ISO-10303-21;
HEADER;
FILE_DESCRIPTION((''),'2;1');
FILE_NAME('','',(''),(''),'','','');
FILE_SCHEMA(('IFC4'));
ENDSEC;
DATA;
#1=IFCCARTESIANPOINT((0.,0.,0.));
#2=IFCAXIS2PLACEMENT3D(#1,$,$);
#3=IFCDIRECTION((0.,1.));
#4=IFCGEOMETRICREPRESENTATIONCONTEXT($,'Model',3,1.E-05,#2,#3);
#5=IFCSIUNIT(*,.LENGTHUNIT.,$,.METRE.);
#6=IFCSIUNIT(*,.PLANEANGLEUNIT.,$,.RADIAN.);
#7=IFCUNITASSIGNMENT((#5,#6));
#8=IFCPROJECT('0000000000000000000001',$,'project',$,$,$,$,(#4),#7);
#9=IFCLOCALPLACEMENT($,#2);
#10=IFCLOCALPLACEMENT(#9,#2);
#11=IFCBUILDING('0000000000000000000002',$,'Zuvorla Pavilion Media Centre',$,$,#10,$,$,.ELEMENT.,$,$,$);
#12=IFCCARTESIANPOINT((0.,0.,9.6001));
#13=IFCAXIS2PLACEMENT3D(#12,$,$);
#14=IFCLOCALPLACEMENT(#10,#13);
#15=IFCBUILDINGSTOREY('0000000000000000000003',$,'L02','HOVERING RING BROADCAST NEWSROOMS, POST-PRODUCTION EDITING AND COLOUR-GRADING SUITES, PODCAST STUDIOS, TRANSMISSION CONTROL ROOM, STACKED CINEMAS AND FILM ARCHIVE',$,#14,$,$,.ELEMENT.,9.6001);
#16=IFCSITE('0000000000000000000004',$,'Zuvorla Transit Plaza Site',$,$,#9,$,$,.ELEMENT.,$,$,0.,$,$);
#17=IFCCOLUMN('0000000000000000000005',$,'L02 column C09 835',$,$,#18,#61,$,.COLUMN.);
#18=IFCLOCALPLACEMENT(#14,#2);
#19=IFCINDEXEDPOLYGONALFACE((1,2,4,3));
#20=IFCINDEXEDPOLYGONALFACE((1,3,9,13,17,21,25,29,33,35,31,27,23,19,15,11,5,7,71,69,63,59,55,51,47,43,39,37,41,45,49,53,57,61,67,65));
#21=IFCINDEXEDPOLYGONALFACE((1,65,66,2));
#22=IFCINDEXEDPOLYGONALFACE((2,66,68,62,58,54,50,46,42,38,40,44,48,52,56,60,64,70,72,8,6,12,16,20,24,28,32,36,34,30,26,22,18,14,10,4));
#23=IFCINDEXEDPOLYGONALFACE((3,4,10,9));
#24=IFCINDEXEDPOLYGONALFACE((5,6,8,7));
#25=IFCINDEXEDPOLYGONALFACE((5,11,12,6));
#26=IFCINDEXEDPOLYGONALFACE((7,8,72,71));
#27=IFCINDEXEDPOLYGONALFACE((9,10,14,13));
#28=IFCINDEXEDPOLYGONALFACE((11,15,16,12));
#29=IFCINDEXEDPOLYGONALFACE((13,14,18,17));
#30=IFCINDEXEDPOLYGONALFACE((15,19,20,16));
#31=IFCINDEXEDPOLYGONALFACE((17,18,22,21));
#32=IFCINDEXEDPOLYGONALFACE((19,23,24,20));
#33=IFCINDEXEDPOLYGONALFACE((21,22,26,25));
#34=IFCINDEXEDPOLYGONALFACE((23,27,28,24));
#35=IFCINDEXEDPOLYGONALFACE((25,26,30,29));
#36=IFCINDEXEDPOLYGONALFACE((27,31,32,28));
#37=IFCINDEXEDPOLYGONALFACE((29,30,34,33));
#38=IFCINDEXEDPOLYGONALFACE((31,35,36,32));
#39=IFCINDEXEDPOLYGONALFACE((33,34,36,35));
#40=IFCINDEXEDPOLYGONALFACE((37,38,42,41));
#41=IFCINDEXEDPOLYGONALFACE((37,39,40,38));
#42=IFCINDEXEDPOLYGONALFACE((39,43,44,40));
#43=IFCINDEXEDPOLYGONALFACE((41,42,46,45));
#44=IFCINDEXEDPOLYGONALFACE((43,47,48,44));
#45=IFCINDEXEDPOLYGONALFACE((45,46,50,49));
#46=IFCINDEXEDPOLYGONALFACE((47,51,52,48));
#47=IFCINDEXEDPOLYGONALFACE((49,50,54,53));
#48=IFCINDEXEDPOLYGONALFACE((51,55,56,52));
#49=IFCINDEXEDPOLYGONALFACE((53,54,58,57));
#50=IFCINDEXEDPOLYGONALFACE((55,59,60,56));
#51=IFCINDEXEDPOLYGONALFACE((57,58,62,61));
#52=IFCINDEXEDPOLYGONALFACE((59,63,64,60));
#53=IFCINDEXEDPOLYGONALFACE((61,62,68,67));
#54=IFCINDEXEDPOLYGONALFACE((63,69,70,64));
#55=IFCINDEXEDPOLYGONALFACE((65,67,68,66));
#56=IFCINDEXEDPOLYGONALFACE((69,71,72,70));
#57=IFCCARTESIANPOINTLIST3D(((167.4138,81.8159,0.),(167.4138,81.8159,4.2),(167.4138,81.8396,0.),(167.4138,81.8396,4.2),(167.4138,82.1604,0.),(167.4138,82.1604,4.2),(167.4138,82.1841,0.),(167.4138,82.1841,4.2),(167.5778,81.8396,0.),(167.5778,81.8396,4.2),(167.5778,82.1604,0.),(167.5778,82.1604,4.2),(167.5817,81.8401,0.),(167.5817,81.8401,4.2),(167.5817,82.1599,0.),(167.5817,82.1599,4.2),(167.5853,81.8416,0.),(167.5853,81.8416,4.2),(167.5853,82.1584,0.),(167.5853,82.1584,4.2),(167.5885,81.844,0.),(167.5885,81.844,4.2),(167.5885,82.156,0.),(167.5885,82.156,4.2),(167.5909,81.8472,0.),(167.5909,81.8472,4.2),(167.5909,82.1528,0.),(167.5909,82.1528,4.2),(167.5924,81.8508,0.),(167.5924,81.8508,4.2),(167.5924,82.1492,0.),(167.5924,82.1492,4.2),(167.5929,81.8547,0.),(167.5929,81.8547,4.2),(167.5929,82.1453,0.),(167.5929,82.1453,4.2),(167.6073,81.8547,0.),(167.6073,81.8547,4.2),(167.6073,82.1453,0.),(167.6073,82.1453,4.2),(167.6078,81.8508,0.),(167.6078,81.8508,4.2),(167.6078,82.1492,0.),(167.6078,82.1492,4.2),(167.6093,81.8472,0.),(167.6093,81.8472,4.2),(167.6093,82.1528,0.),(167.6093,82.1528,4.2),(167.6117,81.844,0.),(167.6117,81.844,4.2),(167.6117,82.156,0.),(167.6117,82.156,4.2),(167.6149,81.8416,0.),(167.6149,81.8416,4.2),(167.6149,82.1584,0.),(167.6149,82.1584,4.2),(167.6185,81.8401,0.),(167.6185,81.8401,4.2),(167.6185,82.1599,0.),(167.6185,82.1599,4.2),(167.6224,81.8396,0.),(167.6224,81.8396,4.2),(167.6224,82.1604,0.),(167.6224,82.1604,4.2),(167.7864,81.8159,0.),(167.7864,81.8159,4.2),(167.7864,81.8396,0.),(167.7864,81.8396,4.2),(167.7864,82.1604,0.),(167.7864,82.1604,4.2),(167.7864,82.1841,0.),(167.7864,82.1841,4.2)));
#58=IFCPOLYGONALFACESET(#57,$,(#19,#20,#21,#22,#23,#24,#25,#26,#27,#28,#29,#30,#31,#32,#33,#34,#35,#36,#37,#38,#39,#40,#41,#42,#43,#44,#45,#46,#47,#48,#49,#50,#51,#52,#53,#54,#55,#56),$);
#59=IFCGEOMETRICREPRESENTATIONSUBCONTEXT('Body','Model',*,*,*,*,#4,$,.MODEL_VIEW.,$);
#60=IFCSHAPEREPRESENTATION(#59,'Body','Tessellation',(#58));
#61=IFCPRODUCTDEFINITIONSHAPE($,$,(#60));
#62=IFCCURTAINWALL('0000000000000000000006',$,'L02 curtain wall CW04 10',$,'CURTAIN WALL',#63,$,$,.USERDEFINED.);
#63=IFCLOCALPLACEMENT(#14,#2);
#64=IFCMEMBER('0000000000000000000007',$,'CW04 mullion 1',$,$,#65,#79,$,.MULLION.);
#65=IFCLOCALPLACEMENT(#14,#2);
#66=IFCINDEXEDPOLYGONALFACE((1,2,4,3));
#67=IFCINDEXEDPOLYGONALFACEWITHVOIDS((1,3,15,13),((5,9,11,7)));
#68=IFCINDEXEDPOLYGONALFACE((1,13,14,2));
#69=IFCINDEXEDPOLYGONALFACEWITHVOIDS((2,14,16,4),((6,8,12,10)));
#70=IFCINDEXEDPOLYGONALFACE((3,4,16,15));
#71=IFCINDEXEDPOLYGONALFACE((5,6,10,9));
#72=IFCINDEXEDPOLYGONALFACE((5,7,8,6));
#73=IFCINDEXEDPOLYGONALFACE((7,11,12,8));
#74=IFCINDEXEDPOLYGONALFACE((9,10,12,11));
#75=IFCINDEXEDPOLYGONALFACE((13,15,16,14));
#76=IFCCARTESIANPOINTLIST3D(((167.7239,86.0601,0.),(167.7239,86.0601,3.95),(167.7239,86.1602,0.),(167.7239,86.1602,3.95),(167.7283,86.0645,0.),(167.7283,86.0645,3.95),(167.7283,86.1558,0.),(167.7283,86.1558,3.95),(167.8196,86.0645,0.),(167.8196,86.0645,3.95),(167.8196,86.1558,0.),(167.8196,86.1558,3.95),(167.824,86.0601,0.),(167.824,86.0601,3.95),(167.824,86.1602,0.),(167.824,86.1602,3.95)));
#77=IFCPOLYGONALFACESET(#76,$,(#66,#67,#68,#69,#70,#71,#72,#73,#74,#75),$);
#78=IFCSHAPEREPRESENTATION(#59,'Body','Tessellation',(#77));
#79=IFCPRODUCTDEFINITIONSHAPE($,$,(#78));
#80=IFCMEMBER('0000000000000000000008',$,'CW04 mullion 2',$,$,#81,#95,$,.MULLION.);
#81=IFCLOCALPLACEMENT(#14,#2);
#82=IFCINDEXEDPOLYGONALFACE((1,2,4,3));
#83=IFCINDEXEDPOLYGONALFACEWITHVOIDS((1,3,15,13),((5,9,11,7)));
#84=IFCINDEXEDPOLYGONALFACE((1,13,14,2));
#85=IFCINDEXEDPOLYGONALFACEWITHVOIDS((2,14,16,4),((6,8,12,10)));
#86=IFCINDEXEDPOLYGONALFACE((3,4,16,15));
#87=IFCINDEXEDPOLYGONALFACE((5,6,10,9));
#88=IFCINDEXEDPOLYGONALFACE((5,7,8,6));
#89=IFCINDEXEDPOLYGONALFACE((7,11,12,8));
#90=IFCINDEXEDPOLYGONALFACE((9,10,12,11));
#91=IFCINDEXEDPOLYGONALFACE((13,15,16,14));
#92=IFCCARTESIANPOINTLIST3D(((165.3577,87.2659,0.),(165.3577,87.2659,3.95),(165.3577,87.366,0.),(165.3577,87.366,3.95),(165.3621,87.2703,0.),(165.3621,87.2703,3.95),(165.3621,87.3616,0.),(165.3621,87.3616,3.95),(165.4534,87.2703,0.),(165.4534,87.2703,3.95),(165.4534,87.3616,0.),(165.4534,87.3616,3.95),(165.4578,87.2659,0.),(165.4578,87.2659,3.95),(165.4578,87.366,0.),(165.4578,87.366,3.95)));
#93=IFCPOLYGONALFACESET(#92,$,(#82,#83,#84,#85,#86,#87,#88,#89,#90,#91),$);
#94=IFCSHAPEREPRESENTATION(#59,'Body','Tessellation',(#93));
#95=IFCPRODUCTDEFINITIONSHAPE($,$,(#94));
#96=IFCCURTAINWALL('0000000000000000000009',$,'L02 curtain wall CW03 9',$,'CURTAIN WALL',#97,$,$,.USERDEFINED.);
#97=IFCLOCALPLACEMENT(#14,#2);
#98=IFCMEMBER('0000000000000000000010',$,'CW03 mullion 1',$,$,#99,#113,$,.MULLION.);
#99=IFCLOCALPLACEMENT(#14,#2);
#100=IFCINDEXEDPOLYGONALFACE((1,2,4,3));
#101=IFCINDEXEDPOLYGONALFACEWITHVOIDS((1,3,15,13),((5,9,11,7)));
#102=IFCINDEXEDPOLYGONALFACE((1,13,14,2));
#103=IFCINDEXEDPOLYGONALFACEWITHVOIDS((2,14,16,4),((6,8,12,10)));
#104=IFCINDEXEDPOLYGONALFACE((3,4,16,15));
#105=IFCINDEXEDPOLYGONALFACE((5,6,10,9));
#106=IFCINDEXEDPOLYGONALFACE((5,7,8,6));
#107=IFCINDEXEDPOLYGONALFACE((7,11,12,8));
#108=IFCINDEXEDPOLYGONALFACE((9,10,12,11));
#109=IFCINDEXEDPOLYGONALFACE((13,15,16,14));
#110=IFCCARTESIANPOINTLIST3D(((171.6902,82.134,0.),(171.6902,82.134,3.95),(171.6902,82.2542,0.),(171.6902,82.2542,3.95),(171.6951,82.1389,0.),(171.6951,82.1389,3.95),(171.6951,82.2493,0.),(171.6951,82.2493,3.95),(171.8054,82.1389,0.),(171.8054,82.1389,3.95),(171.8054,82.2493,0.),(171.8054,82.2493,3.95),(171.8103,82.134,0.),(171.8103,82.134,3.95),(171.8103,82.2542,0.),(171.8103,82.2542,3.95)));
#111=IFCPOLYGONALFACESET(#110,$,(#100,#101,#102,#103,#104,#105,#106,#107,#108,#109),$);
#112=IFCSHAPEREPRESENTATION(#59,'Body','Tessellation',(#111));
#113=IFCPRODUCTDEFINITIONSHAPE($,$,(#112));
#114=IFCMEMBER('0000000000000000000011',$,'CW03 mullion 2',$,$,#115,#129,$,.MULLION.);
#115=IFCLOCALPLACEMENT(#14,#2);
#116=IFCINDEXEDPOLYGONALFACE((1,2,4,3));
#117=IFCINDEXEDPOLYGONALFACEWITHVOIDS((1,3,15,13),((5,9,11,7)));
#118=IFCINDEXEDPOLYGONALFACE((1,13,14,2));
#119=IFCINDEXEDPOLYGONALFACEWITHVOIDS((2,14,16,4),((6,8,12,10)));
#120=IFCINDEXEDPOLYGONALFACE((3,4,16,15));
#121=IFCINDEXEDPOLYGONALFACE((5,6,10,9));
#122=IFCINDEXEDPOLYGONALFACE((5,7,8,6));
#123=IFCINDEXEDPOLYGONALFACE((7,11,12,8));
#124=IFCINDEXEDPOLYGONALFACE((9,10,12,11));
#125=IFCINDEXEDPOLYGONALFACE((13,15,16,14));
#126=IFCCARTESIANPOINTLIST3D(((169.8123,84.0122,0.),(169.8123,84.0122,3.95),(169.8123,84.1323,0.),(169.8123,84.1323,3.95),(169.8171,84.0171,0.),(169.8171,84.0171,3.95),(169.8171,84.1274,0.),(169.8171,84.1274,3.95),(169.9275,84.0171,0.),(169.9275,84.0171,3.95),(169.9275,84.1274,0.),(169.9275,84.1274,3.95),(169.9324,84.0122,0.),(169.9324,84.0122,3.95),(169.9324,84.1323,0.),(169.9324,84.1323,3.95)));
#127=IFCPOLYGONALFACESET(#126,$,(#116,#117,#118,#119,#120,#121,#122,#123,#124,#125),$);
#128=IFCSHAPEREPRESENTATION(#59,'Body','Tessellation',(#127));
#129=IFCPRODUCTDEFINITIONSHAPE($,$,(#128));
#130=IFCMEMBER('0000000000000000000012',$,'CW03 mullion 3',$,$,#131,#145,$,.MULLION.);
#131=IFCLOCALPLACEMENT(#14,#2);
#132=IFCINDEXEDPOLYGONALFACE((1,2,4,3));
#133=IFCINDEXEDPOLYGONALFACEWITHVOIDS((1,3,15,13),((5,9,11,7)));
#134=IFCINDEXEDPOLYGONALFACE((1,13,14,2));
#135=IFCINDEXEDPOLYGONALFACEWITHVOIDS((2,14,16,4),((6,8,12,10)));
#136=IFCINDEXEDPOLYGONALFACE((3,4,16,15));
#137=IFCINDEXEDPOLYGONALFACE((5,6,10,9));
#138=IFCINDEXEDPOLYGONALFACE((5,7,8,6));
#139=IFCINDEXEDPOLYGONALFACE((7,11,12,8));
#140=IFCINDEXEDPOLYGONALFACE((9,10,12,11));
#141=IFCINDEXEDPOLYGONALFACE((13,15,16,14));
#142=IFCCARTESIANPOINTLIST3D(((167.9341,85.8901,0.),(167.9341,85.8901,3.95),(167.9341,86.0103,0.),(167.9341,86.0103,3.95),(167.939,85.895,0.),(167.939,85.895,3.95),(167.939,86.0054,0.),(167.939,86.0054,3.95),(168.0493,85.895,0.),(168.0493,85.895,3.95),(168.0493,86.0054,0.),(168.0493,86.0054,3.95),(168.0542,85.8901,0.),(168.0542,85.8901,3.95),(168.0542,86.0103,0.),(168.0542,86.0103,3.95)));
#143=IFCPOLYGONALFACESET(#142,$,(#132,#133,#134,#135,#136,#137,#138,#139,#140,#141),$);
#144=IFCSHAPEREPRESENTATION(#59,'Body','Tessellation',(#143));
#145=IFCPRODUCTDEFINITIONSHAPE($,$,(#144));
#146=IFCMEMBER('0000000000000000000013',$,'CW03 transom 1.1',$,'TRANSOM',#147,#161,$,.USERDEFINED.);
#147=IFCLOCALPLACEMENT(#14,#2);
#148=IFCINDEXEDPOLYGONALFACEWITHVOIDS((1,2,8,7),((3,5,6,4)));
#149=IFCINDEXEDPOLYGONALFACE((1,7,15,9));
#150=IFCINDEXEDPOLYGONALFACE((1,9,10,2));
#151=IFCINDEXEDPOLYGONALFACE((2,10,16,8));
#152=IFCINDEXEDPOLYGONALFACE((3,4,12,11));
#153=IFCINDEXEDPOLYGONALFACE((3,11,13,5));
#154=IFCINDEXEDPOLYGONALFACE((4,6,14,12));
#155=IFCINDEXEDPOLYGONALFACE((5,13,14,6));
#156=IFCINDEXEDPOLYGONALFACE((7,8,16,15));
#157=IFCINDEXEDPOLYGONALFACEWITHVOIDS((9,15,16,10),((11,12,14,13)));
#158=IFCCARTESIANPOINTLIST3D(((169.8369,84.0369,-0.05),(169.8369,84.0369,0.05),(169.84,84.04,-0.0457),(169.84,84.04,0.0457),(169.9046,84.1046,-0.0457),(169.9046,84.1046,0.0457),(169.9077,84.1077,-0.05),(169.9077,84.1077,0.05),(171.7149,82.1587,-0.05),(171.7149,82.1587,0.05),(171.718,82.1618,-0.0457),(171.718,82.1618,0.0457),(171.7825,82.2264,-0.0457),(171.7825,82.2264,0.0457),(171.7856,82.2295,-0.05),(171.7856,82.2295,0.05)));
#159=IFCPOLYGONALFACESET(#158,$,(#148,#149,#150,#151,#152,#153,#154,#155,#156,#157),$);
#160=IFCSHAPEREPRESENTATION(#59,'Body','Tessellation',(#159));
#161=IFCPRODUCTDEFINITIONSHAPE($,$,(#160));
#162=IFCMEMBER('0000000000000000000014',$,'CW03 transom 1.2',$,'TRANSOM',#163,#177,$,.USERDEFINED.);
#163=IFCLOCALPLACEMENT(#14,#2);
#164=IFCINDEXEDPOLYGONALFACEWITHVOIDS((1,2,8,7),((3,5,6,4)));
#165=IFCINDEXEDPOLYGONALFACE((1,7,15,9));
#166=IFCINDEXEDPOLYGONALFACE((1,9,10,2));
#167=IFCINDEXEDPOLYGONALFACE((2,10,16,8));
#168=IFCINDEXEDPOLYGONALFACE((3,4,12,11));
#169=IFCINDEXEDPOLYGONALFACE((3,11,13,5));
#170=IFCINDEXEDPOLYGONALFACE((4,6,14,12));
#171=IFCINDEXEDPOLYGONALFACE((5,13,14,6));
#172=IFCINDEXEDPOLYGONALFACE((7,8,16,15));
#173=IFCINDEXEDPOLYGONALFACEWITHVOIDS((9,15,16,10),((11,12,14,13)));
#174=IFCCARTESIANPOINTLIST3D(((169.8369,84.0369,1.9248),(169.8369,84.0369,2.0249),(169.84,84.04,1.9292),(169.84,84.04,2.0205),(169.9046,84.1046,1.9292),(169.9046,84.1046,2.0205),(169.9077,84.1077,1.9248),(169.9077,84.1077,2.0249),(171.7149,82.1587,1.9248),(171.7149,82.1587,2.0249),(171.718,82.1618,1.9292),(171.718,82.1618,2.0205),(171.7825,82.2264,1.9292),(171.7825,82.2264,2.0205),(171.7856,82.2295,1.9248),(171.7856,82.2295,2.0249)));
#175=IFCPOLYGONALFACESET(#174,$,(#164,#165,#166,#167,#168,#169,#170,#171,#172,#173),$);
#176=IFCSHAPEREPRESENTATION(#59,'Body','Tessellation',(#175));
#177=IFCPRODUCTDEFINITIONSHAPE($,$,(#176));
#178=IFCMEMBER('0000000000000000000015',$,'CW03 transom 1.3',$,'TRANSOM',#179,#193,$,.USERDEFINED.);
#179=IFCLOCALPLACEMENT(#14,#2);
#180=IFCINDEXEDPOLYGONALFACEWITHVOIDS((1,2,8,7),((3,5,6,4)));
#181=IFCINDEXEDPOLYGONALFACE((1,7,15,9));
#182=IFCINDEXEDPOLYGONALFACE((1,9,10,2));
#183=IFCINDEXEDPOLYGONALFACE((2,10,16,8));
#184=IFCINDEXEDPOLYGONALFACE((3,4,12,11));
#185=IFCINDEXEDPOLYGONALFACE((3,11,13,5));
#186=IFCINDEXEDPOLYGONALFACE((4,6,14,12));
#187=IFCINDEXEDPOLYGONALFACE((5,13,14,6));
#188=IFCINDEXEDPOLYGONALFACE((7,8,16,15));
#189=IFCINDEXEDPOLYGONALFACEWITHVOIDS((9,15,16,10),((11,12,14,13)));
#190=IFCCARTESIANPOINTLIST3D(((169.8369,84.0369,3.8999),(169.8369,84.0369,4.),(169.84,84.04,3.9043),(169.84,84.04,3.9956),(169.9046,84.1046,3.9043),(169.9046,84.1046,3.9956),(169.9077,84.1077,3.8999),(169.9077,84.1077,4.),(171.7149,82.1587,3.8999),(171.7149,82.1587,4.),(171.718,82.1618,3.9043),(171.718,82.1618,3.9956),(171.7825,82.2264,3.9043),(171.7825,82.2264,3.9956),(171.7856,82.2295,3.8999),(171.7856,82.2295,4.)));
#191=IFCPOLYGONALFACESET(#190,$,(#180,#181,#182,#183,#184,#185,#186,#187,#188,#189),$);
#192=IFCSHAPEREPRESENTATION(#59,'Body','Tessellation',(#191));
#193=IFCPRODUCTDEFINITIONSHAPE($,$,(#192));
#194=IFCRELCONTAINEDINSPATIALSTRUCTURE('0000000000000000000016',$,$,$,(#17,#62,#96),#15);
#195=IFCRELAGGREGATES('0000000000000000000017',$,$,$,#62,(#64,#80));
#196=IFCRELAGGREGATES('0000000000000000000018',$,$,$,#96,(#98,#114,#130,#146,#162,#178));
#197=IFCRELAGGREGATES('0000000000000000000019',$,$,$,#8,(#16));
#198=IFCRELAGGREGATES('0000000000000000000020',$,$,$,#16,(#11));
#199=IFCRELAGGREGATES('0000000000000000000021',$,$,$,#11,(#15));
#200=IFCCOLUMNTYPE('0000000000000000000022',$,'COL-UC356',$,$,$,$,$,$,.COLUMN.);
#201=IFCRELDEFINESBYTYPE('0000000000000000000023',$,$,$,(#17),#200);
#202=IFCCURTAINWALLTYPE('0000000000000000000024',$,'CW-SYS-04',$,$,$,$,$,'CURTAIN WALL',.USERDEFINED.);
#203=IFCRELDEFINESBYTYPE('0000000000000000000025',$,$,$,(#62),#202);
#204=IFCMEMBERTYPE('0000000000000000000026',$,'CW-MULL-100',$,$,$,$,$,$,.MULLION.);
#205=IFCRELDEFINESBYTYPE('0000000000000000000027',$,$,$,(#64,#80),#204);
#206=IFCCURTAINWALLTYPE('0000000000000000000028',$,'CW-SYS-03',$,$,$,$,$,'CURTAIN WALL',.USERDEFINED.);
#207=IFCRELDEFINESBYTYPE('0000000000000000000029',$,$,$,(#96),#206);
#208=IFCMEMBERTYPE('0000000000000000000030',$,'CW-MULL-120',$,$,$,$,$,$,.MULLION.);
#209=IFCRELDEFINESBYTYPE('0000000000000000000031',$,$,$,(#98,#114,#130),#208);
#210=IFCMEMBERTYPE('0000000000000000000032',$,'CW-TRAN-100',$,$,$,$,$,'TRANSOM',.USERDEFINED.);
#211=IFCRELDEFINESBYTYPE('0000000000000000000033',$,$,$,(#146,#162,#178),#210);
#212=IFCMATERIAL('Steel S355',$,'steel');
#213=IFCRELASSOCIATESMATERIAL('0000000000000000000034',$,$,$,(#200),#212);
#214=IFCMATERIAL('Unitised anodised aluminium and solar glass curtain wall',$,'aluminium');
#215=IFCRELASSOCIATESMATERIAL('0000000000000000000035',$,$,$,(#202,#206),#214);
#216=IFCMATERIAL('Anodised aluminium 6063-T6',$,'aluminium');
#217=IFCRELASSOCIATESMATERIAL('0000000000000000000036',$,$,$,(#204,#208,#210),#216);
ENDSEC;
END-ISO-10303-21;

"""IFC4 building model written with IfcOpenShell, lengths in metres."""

from ifc_helpers import new_model, si_unit, direction, frame, origin, origin_2d, place, context, subcontext, project, spatial, hollow_rectangle, i_section, extrude, material, material_profile, profile_set, type_object, element, aggregate, save


model = new_model("IFC4")

# Units and contexts
model_context = context("Model", 3, precision=1e-05, world=origin(), true_north=direction((0.0, 1.0)))
body_context = subcontext(model_context, "Body", "Model", "MODEL_VIEW")
ifc_project = project(units=[si_unit("LENGTHUNIT", "METRE"), si_unit("PLANEANGLEUNIT", "RADIAN")], contexts=[model_context])

# Site, building, storey
site_placement = place(None, origin())
site = spatial("IfcSite", under=ifc_project, at=site_placement, Name="Zuvorla Transit Plaza Site", CompositionType="ELEMENT", RefElevation=0.0)
building_placement = place(site_placement, origin())
building = spatial("IfcBuilding", under=site, at=building_placement, Name="Zuvorla Pavilion Media Centre", CompositionType="ELEMENT")
storey_placement = place(building_placement, frame((0.0, 0.0, 9.6001)))
storey = spatial("IfcBuildingStorey", under=building, at=storey_placement, Name="L02", Description="HOVERING RING BROADCAST NEWSROOMS, POST-PRODUCTION EDITING AND COLOUR-GRADING SUITES, PODCAST STUDIOS, TRANSMISSION CONTROL ROOM, STACKED CINEMAS AND FILM ARCHIVE", CompositionType="ELEMENT", Elevation=9.6001)

# Column
ifc_material_1 = material(Name="Steel S355", Category="steel")
ifc_material_profile_1 = material_profile(ifc_material_1, i_section(OverallWidth=0.3726, OverallDepth=0.3682, WebThickness=0.0144, FlangeThickness=0.0237, FilletRadius=0.0151, at=origin_2d()), Name="UC 356x368x177")
ifc_profile_set_1 = profile_set([ifc_material_profile_1], Name="Steel S355")
column_type = type_object("IfcColumnType", Name="COL-UC356", PredefinedType="COLUMN", material=ifc_profile_set_1)
column_placement = place(storey_placement, frame((167.6001, 82.0, 0.0), z_axis=(0.0, 0.0, 1.0), x_axis=(1.0, 0.0, 0.0)))
element("IfcColumn", 1, at=column_placement, inside=storey, type_object=column_type, Name="L02 column C09 835", PredefinedType="COLUMN", context=body_context, shape_type="SweptSolid", body=[
    extrude(i_section(OverallWidth=0.3726, OverallDepth=0.3682, WebThickness=0.0144, FlangeThickness=0.0237, FilletRadius=0.0151, at=origin_2d()), origin(), (0.0, 0.0, 1.0), 4.2),
])

# Curtain walls, members
ifc_material_2 = material(Name="Unitised anodised aluminium and solar glass curtain wall", Category="aluminium")
curtain_wall_type_1 = type_object("IfcCurtainWallType", Name="CW-SYS-04", ElementType="CURTAIN WALL", PredefinedType="USERDEFINED", material=ifc_material_2)
curtain_wall_1_placement = place(storey_placement, origin())
curtain_wall_1 = element("IfcCurtainWall", 2, at=curtain_wall_1_placement, inside=storey, type_object=curtain_wall_type_1, Name="L02 curtain wall CW04 10", ObjectType="CURTAIN WALL", PredefinedType="USERDEFINED")
ifc_material_3 = material(Name="Anodised aluminium 6063-T6", Category="aluminium")
ifc_material_profile_2 = material_profile(ifc_material_3, hollow_rectangle(XDim=0.1001, YDim=0.1001, WallThickness=0.0044, at=origin_2d()), Name="ALU MULL 100x100")
ifc_profile_set_2 = profile_set([ifc_material_profile_2], Name="Anodised aluminium 6063-T6")
member_type_1 = type_object("IfcMemberType", Name="CW-MULL-100", PredefinedType="MULLION", material=ifc_profile_set_2)
member_1_placement = place(storey_placement, frame((167.7739, 86.1101, 0.0), z_axis=(0.0, 0.0, 1.0), x_axis=(1.0, 0.0, 0.0)))
member_1 = element("IfcMember", 3, at=member_1_placement, type_object=member_type_1, Name="CW04 mullion 1", PredefinedType="MULLION", context=body_context, shape_type="SweptSolid", body=[
    extrude(hollow_rectangle(XDim=0.1001, YDim=0.1001, WallThickness=0.0044, at=origin_2d()), origin(), (0.0, 0.0, 1.0), 3.95),
])
member_2_placement = place(storey_placement, frame((165.4077, 87.3159, 0.0), z_axis=(0.0, 0.0, 1.0), x_axis=(1.0, 0.0, 0.0)))
member_2 = element("IfcMember", 4, at=member_2_placement, type_object=member_type_1, Name="CW04 mullion 2", PredefinedType="MULLION", context=body_context, shape_type="SweptSolid", body=[
    extrude(hollow_rectangle(XDim=0.1001, YDim=0.1001, WallThickness=0.0044, at=origin_2d()), origin(), (0.0, 0.0, 1.0), 3.95),
])
curtain_wall_type_2 = type_object("IfcCurtainWallType", Name="CW-SYS-03", ElementType="CURTAIN WALL", PredefinedType="USERDEFINED", material=ifc_material_2)
curtain_wall_2_placement = place(storey_placement, origin())
curtain_wall_2 = element("IfcCurtainWall", 5, at=curtain_wall_2_placement, inside=storey, type_object=curtain_wall_type_2, Name="L02 curtain wall CW03 9", ObjectType="CURTAIN WALL", PredefinedType="USERDEFINED")
ifc_material_profile_3 = material_profile(ifc_material_3, hollow_rectangle(XDim=0.1201, YDim=0.1201, WallThickness=0.0049, at=origin_2d()), Name="ALU MULL 120x120")
ifc_profile_set_3 = profile_set([ifc_material_profile_3], Name="Anodised aluminium 6063-T6")
member_type_2 = type_object("IfcMemberType", Name="CW-MULL-120", PredefinedType="MULLION", material=ifc_profile_set_3)
member_3_placement = place(storey_placement, frame((171.7502, 82.1941, 0.0), z_axis=(0.0, 0.0, 1.0), x_axis=(1.0, 0.0, 0.0)))
member_3 = element("IfcMember", 6, at=member_3_placement, type_object=member_type_2, Name="CW03 mullion 1", PredefinedType="MULLION", context=body_context, shape_type="SweptSolid", body=[
    extrude(hollow_rectangle(XDim=0.1201, YDim=0.1201, WallThickness=0.0049, at=origin_2d()), origin(), (0.0, 0.0, 1.0), 3.95),
])
member_4_placement = place(storey_placement, frame((169.8723, 84.0723, 0.0), z_axis=(0.0, 0.0, 1.0), x_axis=(1.0, 0.0, 0.0)))
member_4 = element("IfcMember", 7, at=member_4_placement, type_object=member_type_2, Name="CW03 mullion 2", PredefinedType="MULLION", context=body_context, shape_type="SweptSolid", body=[
    extrude(hollow_rectangle(XDim=0.1201, YDim=0.1201, WallThickness=0.0049, at=origin_2d()), origin(), (0.0, 0.0, 1.0), 3.95),
])
member_5_placement = place(storey_placement, frame((167.9941, 85.9502, 0.0), z_axis=(0.0, 0.0, 1.0), x_axis=(1.0, 0.0, 0.0)))
member_5 = element("IfcMember", 8, at=member_5_placement, type_object=member_type_2, Name="CW03 mullion 3", PredefinedType="MULLION", context=body_context, shape_type="SweptSolid", body=[
    extrude(hollow_rectangle(XDim=0.1201, YDim=0.1201, WallThickness=0.0049, at=origin_2d()), origin(), (0.0, 0.0, 1.0), 3.95),
])
ifc_material_profile_4 = material_profile(ifc_material_3, hollow_rectangle(XDim=0.1001, YDim=0.1001, WallThickness=0.0044, at=origin_2d()), Name="ALU TRAN 100x100")
ifc_profile_set_4 = profile_set([ifc_material_profile_4], Name="Anodised aluminium 6063-T6")
member_type_3 = type_object("IfcMemberType", Name="CW-TRAN-100", ElementType="TRANSOM", PredefinedType="USERDEFINED", material=ifc_profile_set_4)
member_6_placement = place(storey_placement, frame((171.7502, 82.1941, 0.0), z_axis=(-0.707061, 0.707153, 0.0), x_axis=(-0.707153, -0.707061, 0.0)))
member_6 = element("IfcMember", 9, at=member_6_placement, type_object=member_type_3, Name="CW03 transom 1.1", ObjectType="TRANSOM", PredefinedType="USERDEFINED", context=body_context, shape_type="SweptSolid", body=[
    extrude(hollow_rectangle(XDim=0.1001, YDim=0.1001, WallThickness=0.0044, at=origin_2d()), origin(), (0.0, 0.0, 1.0), 2.656),
])
member_7_placement = place(storey_placement, frame((171.7502, 82.1941, 1.9749), z_axis=(-0.707061, 0.707153, 0.0), x_axis=(-0.707153, -0.707061, 0.0)))
member_7 = element("IfcMember", 10, at=member_7_placement, type_object=member_type_3, Name="CW03 transom 1.2", ObjectType="TRANSOM", PredefinedType="USERDEFINED", context=body_context, shape_type="SweptSolid", body=[
    extrude(hollow_rectangle(XDim=0.1001, YDim=0.1001, WallThickness=0.0044, at=origin_2d()), origin(), (0.0, 0.0, 1.0), 2.656),
])
member_8_placement = place(storey_placement, frame((171.7502, 82.1941, 3.95), z_axis=(-0.707061, 0.707153, 0.0), x_axis=(-0.707153, -0.707061, 0.0)))
member_8 = element("IfcMember", 11, at=member_8_placement, type_object=member_type_3, Name="CW03 transom 1.3", ObjectType="TRANSOM", PredefinedType="USERDEFINED", context=body_context, shape_type="SweptSolid", body=[
    extrude(hollow_rectangle(XDim=0.1001, YDim=0.1001, WallThickness=0.0044, at=origin_2d()), origin(), (0.0, 0.0, 1.0), 2.656),
])

aggregate(curtain_wall_1, [member_1, member_2])
aggregate(curtain_wall_2, [member_3, member_4, member_5, member_6, member_7, member_8])

save(model, "model.ifc")
